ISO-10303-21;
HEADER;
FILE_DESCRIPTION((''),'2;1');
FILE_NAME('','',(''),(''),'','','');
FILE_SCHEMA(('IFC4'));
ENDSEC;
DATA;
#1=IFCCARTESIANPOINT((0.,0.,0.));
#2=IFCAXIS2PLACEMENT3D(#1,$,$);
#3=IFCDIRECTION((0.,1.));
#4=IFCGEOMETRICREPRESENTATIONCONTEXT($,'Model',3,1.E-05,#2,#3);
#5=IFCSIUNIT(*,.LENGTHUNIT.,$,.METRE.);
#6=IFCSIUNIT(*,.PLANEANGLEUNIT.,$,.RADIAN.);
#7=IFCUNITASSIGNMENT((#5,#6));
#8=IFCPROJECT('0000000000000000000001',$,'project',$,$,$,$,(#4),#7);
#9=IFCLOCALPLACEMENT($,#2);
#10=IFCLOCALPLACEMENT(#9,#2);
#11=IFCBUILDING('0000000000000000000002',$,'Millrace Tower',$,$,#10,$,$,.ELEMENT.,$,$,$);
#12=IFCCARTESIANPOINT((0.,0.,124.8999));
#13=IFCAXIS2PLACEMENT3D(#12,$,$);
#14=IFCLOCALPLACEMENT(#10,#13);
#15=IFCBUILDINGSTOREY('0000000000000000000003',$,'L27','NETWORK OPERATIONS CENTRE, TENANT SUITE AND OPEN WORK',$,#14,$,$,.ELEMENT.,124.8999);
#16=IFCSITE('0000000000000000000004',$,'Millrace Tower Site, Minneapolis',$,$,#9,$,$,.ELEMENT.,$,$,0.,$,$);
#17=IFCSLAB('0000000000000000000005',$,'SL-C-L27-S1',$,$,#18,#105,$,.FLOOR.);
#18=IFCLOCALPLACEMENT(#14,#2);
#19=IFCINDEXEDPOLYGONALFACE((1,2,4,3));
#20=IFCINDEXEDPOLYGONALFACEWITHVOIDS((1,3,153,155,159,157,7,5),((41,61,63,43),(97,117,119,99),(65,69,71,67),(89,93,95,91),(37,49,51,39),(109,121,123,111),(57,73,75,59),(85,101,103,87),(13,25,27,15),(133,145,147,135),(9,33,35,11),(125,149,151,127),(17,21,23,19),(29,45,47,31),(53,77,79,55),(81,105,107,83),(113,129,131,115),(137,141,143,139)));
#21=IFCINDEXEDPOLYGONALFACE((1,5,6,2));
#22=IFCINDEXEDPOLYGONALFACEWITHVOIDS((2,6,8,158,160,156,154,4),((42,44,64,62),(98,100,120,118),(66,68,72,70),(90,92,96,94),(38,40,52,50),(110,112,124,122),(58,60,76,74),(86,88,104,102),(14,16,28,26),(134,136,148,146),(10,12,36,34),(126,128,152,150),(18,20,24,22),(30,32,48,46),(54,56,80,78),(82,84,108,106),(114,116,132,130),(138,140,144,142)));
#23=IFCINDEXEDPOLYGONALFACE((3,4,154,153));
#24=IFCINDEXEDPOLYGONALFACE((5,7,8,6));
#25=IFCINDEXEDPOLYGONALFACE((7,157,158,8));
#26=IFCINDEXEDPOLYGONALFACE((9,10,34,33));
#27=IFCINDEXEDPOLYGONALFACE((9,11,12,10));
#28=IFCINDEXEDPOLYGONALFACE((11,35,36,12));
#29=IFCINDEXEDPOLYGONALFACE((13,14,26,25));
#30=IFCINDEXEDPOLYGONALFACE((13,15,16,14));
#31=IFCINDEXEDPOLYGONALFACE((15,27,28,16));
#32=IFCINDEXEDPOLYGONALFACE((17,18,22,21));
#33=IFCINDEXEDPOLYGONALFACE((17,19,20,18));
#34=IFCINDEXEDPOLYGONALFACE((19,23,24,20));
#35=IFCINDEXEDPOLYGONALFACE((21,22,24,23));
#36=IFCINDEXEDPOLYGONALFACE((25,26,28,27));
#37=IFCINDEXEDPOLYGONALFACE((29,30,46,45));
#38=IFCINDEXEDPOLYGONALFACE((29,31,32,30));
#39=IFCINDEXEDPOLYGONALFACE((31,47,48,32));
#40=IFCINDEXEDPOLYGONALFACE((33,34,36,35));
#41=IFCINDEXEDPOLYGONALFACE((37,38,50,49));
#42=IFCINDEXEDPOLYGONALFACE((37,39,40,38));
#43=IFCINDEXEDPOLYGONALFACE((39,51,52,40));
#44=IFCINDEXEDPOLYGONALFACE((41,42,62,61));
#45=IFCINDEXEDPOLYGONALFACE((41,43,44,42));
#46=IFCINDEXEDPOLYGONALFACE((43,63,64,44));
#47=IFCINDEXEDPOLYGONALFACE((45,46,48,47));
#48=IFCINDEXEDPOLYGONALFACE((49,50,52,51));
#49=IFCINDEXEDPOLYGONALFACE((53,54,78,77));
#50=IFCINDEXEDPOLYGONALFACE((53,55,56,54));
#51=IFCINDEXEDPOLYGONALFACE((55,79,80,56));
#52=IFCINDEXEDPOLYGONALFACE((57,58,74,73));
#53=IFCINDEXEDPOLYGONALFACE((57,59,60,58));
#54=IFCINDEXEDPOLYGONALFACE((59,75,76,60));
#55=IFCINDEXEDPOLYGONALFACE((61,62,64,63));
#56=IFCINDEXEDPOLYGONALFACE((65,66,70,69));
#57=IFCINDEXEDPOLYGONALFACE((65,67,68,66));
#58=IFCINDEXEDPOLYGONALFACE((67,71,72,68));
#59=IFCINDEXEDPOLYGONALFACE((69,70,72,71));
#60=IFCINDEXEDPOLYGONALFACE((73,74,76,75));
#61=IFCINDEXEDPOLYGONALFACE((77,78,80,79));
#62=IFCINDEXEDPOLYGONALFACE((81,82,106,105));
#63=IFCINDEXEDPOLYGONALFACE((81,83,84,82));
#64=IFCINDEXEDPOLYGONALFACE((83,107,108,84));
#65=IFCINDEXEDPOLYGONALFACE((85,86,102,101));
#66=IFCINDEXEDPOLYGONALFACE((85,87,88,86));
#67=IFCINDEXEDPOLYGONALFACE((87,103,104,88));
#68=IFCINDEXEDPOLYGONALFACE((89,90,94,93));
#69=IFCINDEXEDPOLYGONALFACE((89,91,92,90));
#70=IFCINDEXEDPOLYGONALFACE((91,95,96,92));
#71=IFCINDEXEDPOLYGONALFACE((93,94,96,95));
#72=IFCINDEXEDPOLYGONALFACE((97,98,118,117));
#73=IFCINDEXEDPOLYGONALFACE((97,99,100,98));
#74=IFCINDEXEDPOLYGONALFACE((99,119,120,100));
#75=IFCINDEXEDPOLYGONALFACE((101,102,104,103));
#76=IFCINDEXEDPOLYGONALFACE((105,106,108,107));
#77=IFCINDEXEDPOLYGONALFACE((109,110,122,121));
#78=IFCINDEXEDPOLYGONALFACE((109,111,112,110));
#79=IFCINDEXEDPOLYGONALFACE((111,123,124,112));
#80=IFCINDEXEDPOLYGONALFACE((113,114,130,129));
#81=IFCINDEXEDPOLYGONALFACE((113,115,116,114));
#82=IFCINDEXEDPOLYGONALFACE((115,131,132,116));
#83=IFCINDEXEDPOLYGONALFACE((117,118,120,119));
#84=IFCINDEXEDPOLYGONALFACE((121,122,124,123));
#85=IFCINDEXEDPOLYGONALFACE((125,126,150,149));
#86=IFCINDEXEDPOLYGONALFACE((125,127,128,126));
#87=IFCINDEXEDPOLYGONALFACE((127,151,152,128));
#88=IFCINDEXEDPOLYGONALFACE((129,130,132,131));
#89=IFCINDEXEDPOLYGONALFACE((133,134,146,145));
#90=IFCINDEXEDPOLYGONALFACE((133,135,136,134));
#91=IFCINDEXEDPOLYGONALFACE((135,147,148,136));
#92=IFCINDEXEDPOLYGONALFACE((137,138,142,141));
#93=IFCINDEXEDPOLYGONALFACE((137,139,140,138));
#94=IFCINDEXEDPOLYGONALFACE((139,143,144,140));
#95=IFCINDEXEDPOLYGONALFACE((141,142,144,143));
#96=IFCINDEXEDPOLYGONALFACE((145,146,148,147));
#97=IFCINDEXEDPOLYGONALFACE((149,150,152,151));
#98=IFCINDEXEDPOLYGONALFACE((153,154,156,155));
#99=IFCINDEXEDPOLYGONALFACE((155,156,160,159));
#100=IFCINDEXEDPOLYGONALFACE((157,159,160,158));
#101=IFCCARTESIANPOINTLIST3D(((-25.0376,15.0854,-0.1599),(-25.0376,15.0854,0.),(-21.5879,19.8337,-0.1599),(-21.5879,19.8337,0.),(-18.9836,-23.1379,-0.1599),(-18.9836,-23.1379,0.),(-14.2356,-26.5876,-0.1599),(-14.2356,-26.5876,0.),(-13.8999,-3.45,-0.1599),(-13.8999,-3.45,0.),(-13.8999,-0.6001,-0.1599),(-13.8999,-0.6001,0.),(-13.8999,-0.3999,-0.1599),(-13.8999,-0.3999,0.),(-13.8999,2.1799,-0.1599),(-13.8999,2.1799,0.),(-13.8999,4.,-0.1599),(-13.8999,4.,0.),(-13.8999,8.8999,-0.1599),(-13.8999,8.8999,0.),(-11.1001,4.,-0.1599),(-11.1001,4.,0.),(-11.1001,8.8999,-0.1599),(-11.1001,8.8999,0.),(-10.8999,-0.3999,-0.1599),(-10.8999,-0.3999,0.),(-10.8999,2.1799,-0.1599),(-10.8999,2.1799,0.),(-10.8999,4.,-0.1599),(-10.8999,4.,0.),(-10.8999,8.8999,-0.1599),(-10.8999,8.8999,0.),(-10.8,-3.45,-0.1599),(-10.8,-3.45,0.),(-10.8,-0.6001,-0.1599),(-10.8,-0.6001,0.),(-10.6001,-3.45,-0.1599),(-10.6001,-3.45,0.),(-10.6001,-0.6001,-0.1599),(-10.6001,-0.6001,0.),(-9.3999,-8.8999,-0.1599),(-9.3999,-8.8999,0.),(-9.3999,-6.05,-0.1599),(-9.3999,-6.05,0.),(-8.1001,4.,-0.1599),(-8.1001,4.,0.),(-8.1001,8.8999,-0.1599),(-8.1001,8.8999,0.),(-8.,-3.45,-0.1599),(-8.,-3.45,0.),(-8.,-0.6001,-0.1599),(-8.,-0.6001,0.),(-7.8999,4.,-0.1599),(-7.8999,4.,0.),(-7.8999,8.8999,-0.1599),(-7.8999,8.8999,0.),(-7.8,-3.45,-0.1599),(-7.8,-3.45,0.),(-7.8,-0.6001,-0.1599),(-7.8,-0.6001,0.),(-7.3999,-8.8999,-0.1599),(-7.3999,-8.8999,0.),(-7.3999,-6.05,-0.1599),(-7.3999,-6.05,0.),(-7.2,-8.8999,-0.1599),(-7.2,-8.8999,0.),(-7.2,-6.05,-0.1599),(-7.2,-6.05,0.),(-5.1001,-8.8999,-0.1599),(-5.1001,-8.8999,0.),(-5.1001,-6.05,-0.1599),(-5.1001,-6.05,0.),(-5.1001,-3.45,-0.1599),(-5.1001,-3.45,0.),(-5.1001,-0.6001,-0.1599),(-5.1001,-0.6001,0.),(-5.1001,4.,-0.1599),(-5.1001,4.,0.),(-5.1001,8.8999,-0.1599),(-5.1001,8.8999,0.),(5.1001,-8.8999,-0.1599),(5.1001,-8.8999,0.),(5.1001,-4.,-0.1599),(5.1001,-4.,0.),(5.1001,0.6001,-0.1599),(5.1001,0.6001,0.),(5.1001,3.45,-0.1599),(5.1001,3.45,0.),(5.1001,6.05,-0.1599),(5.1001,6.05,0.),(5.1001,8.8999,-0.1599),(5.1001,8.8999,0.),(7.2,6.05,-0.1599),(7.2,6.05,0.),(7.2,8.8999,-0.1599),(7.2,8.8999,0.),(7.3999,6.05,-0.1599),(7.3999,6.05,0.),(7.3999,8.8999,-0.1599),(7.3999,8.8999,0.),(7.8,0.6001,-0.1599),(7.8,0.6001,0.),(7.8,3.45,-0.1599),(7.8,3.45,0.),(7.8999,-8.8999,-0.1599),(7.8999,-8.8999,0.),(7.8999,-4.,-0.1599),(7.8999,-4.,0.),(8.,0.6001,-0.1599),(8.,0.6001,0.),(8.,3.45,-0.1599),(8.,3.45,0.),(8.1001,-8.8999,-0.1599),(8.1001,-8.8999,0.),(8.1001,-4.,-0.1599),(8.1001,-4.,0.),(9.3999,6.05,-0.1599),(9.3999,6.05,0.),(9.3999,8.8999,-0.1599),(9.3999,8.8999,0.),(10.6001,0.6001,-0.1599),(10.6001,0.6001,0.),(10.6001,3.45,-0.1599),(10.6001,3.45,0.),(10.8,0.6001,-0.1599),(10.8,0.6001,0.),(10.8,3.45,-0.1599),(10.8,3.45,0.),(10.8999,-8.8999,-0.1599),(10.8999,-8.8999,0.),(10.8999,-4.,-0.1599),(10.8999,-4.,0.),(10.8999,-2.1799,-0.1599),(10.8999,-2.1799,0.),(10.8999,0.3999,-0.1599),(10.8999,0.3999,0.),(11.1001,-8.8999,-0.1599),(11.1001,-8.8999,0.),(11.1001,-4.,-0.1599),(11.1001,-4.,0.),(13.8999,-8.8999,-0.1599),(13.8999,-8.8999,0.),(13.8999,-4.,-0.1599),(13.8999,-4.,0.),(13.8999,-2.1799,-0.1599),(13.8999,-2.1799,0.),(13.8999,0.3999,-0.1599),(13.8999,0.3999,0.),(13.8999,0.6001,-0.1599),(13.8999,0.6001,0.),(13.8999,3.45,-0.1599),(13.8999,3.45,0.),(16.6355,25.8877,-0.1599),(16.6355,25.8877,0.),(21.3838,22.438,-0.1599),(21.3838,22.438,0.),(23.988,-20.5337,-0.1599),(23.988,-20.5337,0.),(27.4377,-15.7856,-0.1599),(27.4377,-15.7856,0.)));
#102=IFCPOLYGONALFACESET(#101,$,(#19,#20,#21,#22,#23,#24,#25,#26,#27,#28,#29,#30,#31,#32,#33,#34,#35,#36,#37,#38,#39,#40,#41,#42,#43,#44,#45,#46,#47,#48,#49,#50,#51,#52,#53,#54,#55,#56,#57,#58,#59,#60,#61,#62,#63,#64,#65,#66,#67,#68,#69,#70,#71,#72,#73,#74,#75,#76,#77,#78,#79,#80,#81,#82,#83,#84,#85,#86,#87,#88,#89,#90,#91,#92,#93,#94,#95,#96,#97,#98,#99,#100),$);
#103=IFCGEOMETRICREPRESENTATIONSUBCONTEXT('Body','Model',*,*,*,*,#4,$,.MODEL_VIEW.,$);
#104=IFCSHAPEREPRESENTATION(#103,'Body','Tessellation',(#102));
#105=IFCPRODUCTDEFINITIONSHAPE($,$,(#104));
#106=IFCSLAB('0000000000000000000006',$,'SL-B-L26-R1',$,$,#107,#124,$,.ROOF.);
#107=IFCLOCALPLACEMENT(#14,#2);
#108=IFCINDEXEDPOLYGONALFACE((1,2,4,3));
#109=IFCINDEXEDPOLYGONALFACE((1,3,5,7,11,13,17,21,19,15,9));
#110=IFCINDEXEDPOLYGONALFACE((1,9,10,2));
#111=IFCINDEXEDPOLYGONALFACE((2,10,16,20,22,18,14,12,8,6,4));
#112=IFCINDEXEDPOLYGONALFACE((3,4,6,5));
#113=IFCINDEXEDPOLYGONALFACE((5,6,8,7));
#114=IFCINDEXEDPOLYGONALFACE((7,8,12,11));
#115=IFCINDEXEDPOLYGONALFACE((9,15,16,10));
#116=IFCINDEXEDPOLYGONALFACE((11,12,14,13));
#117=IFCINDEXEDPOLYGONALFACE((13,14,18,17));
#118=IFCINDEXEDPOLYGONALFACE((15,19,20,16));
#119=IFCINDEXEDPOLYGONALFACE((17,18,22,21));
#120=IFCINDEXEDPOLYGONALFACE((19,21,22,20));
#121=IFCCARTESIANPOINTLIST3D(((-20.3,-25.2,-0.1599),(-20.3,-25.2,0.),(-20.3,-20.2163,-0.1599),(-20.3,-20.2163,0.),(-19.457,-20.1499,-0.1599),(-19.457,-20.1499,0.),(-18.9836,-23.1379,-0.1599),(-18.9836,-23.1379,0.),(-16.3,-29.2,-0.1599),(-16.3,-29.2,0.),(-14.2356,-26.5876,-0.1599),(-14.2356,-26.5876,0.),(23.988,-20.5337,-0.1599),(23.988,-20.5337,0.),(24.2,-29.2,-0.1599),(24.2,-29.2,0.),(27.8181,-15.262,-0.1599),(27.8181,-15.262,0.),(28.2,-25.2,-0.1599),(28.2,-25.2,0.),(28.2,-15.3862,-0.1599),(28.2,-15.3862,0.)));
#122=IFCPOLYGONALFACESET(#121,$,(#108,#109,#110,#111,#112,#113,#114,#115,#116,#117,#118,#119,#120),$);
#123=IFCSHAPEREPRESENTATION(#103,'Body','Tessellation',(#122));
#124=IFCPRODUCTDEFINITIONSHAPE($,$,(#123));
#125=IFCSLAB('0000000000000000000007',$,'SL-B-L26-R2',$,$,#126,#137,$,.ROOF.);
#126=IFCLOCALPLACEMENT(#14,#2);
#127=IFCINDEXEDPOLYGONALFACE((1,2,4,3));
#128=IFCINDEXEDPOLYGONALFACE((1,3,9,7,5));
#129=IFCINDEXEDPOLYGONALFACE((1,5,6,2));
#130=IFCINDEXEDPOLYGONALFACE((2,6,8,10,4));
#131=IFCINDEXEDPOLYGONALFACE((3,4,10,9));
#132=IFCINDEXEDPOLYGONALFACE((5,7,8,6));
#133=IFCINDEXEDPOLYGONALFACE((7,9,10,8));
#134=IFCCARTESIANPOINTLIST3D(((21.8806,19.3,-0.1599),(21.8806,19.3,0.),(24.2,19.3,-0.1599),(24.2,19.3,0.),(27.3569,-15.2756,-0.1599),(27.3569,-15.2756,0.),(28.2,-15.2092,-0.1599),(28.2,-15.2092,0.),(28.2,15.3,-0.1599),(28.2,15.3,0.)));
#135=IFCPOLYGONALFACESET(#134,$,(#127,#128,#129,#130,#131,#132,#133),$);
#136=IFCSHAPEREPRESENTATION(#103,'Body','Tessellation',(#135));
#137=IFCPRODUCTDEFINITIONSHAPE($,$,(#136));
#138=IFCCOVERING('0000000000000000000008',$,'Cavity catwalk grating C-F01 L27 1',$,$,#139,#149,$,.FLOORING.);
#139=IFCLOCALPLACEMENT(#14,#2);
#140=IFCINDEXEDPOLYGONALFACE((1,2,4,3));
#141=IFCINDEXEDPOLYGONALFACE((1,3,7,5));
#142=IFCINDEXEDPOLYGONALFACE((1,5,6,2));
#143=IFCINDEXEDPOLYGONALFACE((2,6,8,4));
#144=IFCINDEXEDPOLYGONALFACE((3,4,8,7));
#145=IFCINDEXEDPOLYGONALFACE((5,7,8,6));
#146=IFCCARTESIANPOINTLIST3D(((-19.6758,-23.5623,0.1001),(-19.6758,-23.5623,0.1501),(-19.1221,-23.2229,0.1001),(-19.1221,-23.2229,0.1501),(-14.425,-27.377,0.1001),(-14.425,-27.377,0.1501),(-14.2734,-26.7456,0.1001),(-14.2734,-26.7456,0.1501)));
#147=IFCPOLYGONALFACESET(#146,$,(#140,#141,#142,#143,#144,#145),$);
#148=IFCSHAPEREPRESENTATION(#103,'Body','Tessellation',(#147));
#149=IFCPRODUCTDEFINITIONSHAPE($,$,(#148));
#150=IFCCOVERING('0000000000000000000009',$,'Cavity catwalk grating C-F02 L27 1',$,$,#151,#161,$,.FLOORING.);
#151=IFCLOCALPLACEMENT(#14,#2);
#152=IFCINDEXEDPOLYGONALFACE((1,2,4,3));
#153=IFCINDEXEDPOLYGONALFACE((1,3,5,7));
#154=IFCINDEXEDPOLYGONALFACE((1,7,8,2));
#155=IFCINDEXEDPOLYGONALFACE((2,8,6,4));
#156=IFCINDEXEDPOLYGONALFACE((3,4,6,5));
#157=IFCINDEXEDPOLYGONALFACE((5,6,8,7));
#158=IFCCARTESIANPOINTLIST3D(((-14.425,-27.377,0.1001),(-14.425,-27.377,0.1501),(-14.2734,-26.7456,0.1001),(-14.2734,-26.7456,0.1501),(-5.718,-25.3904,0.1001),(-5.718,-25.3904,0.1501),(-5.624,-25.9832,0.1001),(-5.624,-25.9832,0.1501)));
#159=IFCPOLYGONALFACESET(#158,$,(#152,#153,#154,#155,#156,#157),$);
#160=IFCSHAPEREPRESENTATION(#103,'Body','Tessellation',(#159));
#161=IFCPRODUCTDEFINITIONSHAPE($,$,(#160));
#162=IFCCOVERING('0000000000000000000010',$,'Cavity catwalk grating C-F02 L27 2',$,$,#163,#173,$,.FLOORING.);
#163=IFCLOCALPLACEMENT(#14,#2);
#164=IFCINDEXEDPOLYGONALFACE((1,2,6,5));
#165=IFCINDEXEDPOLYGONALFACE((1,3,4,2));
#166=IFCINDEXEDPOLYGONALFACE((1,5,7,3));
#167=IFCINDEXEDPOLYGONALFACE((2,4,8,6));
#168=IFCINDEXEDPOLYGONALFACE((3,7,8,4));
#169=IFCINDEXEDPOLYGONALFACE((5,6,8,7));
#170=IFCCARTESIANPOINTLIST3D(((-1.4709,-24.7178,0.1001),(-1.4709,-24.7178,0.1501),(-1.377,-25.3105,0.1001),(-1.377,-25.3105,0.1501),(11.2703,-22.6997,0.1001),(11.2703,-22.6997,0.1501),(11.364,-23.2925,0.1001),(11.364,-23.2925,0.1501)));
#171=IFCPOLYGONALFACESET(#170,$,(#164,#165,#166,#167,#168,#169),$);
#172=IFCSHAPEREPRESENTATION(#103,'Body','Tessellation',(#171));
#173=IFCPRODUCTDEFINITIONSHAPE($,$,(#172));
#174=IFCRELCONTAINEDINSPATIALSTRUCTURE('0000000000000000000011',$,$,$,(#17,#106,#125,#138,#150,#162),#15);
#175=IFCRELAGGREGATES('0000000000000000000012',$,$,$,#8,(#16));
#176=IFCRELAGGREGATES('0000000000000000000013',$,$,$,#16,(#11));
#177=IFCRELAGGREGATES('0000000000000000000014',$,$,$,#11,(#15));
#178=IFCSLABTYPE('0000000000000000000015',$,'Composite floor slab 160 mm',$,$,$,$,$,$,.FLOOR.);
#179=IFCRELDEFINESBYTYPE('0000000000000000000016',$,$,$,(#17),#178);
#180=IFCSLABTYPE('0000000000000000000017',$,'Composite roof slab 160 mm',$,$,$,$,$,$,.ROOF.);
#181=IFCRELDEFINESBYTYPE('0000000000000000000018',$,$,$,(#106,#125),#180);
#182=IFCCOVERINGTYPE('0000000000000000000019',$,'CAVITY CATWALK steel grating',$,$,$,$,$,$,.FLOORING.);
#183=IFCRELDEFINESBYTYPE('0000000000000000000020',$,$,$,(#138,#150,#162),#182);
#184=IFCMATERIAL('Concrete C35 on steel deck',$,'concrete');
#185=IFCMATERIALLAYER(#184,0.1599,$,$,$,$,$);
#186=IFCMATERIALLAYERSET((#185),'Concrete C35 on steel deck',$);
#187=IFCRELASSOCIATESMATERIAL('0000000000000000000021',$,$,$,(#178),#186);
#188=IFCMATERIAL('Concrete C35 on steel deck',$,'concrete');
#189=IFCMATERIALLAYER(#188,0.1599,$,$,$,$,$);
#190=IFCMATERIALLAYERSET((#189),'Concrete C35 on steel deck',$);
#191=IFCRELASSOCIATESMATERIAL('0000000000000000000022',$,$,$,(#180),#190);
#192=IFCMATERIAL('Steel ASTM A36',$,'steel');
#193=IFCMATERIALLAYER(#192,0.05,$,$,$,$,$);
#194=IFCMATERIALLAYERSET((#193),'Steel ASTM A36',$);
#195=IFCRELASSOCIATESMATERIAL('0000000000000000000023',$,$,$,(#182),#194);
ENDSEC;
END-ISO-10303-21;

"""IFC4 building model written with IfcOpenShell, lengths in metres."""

from ifc_helpers import new_model, si_unit, direction, frame, origin, place, context, subcontext, project, spatial, polyline, outline, extrude, material, layer, layer_set, type_object, element, save


model = new_model("IFC4")

# Units and contexts
model_context = context("Model", 3, precision=1e-05, world=origin(), true_north=direction((0.0, 1.0)))
body_context = subcontext(model_context, "Body", "Model", "MODEL_VIEW")
ifc_project = project(units=[si_unit("LENGTHUNIT", "METRE"), si_unit("PLANEANGLEUNIT", "RADIAN")], contexts=[model_context])

# Site, building, storey
site_placement = place(None, origin())
site = spatial("IfcSite", under=ifc_project, at=site_placement, Name="Millrace Tower Site, Minneapolis", CompositionType="ELEMENT", RefElevation=0.0)
building_placement = place(site_placement, origin())
building = spatial("IfcBuilding", under=site, at=building_placement, Name="Millrace Tower", CompositionType="ELEMENT")
storey_placement = place(building_placement, frame((0.0, 0.0, 124.8999)))
storey = spatial("IfcBuildingStorey", under=building, at=storey_placement, Name="L27", Description="NETWORK OPERATIONS CENTRE, TENANT SUITE AND OPEN WORK", CompositionType="ELEMENT", Elevation=124.8999)

# Slabs
ifc_material_1 = material(Name="Concrete C35 on steel deck", Category="concrete")
ifc_layer_1 = layer(ifc_material_1, 0.1599)
ifc_layer_set_1 = layer_set([ifc_layer_1], Name="Concrete C35 on steel deck")
slab_type_1 = type_object("IfcSlabType", Name="Composite floor slab 160 mm", PredefinedType="FLOOR", material=ifc_layer_set_1)
placement_1 = place(storey_placement, frame((0.0, 0.0, -0.1599)))
element("IfcSlab", 1, at=placement_1, inside=storey, type_object=slab_type_1, Name="SL-C-L27-S1", PredefinedType="FLOOR", context=body_context, shape_type="SweptSolid", body=[
    extrude(outline(polyline([(-18.9836, -23.1379), (-14.2356, -26.5876), (23.988, -20.5337), (27.4377, -15.7856), (21.3838, 22.438), (16.6355, 25.8877), (-21.5879, 19.8337), (-25.0376, 15.0854), (-18.9836, -23.1379)]), holes=[polyline([(-9.3999, -8.8999), (-7.3999, -8.8999), (-7.3999, -6.05), (-9.3999, -6.05), (-9.3999, -8.8999)]), polyline([(-7.2, -8.8999), (-5.1001, -8.8999), (-5.1001, -6.05), (-7.2, -6.05), (-7.2, -8.8999)]), polyline([(-13.8999, -3.45), (-10.8, -3.45), (-10.8, -0.6001), (-13.8999, -0.6001), (-13.8999, -3.45)]), polyline([(-10.6001, -3.45), (-8.0, -3.45), (-8.0, -0.6001), (-10.6001, -0.6001), (-10.6001, -3.45)]), polyline([(-7.8, -3.45), (-5.1001, -3.45), (-5.1001, -0.6001), (-7.8, -0.6001), (-7.8, -3.45)]), polyline([(-13.8999, -0.3999), (-10.8999, -0.3999), (-10.8999, 2.1799), (-13.8999, 2.1799), (-13.8999, -0.3999)]), polyline([(-13.8999, 4.0), (-11.1001, 4.0), (-11.1001, 8.8999), (-13.8999, 8.8999), (-13.8999, 4.0)]), polyline([(-10.8999, 4.0), (-8.1001, 4.0), (-8.1001, 8.8999), (-10.8999, 8.8999), (-10.8999, 4.0)]), polyline([(-7.8999, 4.0), (-5.1001, 4.0), (-5.1001, 8.8999), (-7.8999, 8.8999), (-7.8999, 4.0)]), polyline([(7.3999, 6.05), (9.3999, 6.05), (9.3999, 8.8999), (7.3999, 8.8999), (7.3999, 6.05)]), polyline([(5.1001, 6.05), (7.2, 6.05), (7.2, 8.8999), (5.1001, 8.8999), (5.1001, 6.05)]), polyline([(10.8, 0.6001), (13.8999, 0.6001), (13.8999, 3.45), (10.8, 3.45), (10.8, 0.6001)]), polyline([(8.0, 0.6001), (10.6001, 0.6001), (10.6001, 3.45), (8.0, 3.45), (8.0, 0.6001)]), polyline([(5.1001, 0.6001), (7.8, 0.6001), (7.8, 3.45), (5.1001, 3.45), (5.1001, 0.6001)]), polyline([(10.8999, -2.1799), (13.8999, -2.1799), (13.8999, 0.3999), (10.8999, 0.3999), (10.8999, -2.1799)]), polyline([(11.1001, -8.8999), (13.8999, -8.8999), (13.8999, -4.0), (11.1001, -4.0), (11.1001, -8.8999)]), polyline([(8.1001, -8.8999), (10.8999, -8.8999), (10.8999, -4.0), (8.1001, -4.0), (8.1001, -8.8999)]), polyline([(5.1001, -8.8999), (7.8999, -8.8999), (7.8999, -4.0), (5.1001, -4.0), (5.1001, -8.8999)])]), origin(), (0.0, 0.0, 1.0), 0.1599),
])
ifc_material_2 = material(Name="Concrete C35 on steel deck", Category="concrete")
ifc_layer_2 = layer(ifc_material_2, 0.1599)
ifc_layer_set_2 = layer_set([ifc_layer_2], Name="Concrete C35 on steel deck")
slab_type_2 = type_object("IfcSlabType", Name="Composite roof slab 160 mm", PredefinedType="ROOF", material=ifc_layer_set_2)
element("IfcSlab", 2, at=placement_1, inside=storey, type_object=slab_type_2, Name="SL-B-L26-R1", PredefinedType="ROOF", context=body_context, shape_type="SweptSolid", body=[
    extrude(outline(polyline([(27.8181, -15.262), (28.2, -15.3862), (28.2, -25.2), (24.2, -29.2), (-16.3, -29.2), (-20.3, -25.2), (-20.3, -20.2163), (-19.457, -20.1499), (-18.9836, -23.1379), (-14.2356, -26.5876), (23.988, -20.5337), (27.8181, -15.262)])), origin(), (0.0, 0.0, 1.0), 0.1599),
])
element("IfcSlab", 3, at=placement_1, inside=storey, type_object=slab_type_2, Name="SL-B-L26-R2", PredefinedType="ROOF", context=body_context, shape_type="SweptSolid", body=[
    extrude(outline(polyline([(24.2, 19.3), (28.2, 15.3), (28.2, -15.2092), (27.3569, -15.2756), (21.8806, 19.3), (24.2, 19.3)])), origin(), (0.0, 0.0, 1.0), 0.1599),
])

# Coverings
ifc_material_3 = material(Name="Steel ASTM A36", Category="steel")
ifc_layer_3 = layer(ifc_material_3, 0.05)
ifc_layer_set_3 = layer_set([ifc_layer_3], Name="Steel ASTM A36")
covering_type = type_object("IfcCoveringType", Name="CAVITY CATWALK steel grating", PredefinedType="FLOORING", material=ifc_layer_set_3)
placement_2 = place(storey_placement, frame((0.0, 0.0, 0.1001)))
element("IfcCovering", 4, at=placement_2, inside=storey, type_object=covering_type, Name="Cavity catwalk grating C-F01 L27 1", PredefinedType="FLOORING", context=body_context, shape_type="SweptSolid", body=[
    extrude(outline(polyline([(-19.6758, -23.5623), (-14.425, -27.377), (-14.2734, -26.7456), (-19.1221, -23.2229), (-19.6758, -23.5623)])), origin(), (0.0, 0.0, 1.0), 0.05),
])
element("IfcCovering", 5, at=placement_2, inside=storey, type_object=covering_type, Name="Cavity catwalk grating C-F02 L27 1", PredefinedType="FLOORING", context=body_context, shape_type="SweptSolid", body=[
    extrude(outline(polyline([(-14.425, -27.377), (-5.624, -25.9832), (-5.718, -25.3904), (-14.2734, -26.7456), (-14.425, -27.377)])), origin(), (0.0, 0.0, 1.0), 0.05),
])
element("IfcCovering", 6, at=placement_2, inside=storey, type_object=covering_type, Name="Cavity catwalk grating C-F02 L27 2", PredefinedType="FLOORING", context=body_context, shape_type="SweptSolid", body=[
    extrude(outline(polyline([(-1.377, -25.3105), (11.364, -23.2925), (11.2703, -22.6997), (-1.4709, -24.7178), (-1.377, -25.3105)])), origin(), (0.0, 0.0, 1.0), 0.05),
])

save(model, "model.ifc")
